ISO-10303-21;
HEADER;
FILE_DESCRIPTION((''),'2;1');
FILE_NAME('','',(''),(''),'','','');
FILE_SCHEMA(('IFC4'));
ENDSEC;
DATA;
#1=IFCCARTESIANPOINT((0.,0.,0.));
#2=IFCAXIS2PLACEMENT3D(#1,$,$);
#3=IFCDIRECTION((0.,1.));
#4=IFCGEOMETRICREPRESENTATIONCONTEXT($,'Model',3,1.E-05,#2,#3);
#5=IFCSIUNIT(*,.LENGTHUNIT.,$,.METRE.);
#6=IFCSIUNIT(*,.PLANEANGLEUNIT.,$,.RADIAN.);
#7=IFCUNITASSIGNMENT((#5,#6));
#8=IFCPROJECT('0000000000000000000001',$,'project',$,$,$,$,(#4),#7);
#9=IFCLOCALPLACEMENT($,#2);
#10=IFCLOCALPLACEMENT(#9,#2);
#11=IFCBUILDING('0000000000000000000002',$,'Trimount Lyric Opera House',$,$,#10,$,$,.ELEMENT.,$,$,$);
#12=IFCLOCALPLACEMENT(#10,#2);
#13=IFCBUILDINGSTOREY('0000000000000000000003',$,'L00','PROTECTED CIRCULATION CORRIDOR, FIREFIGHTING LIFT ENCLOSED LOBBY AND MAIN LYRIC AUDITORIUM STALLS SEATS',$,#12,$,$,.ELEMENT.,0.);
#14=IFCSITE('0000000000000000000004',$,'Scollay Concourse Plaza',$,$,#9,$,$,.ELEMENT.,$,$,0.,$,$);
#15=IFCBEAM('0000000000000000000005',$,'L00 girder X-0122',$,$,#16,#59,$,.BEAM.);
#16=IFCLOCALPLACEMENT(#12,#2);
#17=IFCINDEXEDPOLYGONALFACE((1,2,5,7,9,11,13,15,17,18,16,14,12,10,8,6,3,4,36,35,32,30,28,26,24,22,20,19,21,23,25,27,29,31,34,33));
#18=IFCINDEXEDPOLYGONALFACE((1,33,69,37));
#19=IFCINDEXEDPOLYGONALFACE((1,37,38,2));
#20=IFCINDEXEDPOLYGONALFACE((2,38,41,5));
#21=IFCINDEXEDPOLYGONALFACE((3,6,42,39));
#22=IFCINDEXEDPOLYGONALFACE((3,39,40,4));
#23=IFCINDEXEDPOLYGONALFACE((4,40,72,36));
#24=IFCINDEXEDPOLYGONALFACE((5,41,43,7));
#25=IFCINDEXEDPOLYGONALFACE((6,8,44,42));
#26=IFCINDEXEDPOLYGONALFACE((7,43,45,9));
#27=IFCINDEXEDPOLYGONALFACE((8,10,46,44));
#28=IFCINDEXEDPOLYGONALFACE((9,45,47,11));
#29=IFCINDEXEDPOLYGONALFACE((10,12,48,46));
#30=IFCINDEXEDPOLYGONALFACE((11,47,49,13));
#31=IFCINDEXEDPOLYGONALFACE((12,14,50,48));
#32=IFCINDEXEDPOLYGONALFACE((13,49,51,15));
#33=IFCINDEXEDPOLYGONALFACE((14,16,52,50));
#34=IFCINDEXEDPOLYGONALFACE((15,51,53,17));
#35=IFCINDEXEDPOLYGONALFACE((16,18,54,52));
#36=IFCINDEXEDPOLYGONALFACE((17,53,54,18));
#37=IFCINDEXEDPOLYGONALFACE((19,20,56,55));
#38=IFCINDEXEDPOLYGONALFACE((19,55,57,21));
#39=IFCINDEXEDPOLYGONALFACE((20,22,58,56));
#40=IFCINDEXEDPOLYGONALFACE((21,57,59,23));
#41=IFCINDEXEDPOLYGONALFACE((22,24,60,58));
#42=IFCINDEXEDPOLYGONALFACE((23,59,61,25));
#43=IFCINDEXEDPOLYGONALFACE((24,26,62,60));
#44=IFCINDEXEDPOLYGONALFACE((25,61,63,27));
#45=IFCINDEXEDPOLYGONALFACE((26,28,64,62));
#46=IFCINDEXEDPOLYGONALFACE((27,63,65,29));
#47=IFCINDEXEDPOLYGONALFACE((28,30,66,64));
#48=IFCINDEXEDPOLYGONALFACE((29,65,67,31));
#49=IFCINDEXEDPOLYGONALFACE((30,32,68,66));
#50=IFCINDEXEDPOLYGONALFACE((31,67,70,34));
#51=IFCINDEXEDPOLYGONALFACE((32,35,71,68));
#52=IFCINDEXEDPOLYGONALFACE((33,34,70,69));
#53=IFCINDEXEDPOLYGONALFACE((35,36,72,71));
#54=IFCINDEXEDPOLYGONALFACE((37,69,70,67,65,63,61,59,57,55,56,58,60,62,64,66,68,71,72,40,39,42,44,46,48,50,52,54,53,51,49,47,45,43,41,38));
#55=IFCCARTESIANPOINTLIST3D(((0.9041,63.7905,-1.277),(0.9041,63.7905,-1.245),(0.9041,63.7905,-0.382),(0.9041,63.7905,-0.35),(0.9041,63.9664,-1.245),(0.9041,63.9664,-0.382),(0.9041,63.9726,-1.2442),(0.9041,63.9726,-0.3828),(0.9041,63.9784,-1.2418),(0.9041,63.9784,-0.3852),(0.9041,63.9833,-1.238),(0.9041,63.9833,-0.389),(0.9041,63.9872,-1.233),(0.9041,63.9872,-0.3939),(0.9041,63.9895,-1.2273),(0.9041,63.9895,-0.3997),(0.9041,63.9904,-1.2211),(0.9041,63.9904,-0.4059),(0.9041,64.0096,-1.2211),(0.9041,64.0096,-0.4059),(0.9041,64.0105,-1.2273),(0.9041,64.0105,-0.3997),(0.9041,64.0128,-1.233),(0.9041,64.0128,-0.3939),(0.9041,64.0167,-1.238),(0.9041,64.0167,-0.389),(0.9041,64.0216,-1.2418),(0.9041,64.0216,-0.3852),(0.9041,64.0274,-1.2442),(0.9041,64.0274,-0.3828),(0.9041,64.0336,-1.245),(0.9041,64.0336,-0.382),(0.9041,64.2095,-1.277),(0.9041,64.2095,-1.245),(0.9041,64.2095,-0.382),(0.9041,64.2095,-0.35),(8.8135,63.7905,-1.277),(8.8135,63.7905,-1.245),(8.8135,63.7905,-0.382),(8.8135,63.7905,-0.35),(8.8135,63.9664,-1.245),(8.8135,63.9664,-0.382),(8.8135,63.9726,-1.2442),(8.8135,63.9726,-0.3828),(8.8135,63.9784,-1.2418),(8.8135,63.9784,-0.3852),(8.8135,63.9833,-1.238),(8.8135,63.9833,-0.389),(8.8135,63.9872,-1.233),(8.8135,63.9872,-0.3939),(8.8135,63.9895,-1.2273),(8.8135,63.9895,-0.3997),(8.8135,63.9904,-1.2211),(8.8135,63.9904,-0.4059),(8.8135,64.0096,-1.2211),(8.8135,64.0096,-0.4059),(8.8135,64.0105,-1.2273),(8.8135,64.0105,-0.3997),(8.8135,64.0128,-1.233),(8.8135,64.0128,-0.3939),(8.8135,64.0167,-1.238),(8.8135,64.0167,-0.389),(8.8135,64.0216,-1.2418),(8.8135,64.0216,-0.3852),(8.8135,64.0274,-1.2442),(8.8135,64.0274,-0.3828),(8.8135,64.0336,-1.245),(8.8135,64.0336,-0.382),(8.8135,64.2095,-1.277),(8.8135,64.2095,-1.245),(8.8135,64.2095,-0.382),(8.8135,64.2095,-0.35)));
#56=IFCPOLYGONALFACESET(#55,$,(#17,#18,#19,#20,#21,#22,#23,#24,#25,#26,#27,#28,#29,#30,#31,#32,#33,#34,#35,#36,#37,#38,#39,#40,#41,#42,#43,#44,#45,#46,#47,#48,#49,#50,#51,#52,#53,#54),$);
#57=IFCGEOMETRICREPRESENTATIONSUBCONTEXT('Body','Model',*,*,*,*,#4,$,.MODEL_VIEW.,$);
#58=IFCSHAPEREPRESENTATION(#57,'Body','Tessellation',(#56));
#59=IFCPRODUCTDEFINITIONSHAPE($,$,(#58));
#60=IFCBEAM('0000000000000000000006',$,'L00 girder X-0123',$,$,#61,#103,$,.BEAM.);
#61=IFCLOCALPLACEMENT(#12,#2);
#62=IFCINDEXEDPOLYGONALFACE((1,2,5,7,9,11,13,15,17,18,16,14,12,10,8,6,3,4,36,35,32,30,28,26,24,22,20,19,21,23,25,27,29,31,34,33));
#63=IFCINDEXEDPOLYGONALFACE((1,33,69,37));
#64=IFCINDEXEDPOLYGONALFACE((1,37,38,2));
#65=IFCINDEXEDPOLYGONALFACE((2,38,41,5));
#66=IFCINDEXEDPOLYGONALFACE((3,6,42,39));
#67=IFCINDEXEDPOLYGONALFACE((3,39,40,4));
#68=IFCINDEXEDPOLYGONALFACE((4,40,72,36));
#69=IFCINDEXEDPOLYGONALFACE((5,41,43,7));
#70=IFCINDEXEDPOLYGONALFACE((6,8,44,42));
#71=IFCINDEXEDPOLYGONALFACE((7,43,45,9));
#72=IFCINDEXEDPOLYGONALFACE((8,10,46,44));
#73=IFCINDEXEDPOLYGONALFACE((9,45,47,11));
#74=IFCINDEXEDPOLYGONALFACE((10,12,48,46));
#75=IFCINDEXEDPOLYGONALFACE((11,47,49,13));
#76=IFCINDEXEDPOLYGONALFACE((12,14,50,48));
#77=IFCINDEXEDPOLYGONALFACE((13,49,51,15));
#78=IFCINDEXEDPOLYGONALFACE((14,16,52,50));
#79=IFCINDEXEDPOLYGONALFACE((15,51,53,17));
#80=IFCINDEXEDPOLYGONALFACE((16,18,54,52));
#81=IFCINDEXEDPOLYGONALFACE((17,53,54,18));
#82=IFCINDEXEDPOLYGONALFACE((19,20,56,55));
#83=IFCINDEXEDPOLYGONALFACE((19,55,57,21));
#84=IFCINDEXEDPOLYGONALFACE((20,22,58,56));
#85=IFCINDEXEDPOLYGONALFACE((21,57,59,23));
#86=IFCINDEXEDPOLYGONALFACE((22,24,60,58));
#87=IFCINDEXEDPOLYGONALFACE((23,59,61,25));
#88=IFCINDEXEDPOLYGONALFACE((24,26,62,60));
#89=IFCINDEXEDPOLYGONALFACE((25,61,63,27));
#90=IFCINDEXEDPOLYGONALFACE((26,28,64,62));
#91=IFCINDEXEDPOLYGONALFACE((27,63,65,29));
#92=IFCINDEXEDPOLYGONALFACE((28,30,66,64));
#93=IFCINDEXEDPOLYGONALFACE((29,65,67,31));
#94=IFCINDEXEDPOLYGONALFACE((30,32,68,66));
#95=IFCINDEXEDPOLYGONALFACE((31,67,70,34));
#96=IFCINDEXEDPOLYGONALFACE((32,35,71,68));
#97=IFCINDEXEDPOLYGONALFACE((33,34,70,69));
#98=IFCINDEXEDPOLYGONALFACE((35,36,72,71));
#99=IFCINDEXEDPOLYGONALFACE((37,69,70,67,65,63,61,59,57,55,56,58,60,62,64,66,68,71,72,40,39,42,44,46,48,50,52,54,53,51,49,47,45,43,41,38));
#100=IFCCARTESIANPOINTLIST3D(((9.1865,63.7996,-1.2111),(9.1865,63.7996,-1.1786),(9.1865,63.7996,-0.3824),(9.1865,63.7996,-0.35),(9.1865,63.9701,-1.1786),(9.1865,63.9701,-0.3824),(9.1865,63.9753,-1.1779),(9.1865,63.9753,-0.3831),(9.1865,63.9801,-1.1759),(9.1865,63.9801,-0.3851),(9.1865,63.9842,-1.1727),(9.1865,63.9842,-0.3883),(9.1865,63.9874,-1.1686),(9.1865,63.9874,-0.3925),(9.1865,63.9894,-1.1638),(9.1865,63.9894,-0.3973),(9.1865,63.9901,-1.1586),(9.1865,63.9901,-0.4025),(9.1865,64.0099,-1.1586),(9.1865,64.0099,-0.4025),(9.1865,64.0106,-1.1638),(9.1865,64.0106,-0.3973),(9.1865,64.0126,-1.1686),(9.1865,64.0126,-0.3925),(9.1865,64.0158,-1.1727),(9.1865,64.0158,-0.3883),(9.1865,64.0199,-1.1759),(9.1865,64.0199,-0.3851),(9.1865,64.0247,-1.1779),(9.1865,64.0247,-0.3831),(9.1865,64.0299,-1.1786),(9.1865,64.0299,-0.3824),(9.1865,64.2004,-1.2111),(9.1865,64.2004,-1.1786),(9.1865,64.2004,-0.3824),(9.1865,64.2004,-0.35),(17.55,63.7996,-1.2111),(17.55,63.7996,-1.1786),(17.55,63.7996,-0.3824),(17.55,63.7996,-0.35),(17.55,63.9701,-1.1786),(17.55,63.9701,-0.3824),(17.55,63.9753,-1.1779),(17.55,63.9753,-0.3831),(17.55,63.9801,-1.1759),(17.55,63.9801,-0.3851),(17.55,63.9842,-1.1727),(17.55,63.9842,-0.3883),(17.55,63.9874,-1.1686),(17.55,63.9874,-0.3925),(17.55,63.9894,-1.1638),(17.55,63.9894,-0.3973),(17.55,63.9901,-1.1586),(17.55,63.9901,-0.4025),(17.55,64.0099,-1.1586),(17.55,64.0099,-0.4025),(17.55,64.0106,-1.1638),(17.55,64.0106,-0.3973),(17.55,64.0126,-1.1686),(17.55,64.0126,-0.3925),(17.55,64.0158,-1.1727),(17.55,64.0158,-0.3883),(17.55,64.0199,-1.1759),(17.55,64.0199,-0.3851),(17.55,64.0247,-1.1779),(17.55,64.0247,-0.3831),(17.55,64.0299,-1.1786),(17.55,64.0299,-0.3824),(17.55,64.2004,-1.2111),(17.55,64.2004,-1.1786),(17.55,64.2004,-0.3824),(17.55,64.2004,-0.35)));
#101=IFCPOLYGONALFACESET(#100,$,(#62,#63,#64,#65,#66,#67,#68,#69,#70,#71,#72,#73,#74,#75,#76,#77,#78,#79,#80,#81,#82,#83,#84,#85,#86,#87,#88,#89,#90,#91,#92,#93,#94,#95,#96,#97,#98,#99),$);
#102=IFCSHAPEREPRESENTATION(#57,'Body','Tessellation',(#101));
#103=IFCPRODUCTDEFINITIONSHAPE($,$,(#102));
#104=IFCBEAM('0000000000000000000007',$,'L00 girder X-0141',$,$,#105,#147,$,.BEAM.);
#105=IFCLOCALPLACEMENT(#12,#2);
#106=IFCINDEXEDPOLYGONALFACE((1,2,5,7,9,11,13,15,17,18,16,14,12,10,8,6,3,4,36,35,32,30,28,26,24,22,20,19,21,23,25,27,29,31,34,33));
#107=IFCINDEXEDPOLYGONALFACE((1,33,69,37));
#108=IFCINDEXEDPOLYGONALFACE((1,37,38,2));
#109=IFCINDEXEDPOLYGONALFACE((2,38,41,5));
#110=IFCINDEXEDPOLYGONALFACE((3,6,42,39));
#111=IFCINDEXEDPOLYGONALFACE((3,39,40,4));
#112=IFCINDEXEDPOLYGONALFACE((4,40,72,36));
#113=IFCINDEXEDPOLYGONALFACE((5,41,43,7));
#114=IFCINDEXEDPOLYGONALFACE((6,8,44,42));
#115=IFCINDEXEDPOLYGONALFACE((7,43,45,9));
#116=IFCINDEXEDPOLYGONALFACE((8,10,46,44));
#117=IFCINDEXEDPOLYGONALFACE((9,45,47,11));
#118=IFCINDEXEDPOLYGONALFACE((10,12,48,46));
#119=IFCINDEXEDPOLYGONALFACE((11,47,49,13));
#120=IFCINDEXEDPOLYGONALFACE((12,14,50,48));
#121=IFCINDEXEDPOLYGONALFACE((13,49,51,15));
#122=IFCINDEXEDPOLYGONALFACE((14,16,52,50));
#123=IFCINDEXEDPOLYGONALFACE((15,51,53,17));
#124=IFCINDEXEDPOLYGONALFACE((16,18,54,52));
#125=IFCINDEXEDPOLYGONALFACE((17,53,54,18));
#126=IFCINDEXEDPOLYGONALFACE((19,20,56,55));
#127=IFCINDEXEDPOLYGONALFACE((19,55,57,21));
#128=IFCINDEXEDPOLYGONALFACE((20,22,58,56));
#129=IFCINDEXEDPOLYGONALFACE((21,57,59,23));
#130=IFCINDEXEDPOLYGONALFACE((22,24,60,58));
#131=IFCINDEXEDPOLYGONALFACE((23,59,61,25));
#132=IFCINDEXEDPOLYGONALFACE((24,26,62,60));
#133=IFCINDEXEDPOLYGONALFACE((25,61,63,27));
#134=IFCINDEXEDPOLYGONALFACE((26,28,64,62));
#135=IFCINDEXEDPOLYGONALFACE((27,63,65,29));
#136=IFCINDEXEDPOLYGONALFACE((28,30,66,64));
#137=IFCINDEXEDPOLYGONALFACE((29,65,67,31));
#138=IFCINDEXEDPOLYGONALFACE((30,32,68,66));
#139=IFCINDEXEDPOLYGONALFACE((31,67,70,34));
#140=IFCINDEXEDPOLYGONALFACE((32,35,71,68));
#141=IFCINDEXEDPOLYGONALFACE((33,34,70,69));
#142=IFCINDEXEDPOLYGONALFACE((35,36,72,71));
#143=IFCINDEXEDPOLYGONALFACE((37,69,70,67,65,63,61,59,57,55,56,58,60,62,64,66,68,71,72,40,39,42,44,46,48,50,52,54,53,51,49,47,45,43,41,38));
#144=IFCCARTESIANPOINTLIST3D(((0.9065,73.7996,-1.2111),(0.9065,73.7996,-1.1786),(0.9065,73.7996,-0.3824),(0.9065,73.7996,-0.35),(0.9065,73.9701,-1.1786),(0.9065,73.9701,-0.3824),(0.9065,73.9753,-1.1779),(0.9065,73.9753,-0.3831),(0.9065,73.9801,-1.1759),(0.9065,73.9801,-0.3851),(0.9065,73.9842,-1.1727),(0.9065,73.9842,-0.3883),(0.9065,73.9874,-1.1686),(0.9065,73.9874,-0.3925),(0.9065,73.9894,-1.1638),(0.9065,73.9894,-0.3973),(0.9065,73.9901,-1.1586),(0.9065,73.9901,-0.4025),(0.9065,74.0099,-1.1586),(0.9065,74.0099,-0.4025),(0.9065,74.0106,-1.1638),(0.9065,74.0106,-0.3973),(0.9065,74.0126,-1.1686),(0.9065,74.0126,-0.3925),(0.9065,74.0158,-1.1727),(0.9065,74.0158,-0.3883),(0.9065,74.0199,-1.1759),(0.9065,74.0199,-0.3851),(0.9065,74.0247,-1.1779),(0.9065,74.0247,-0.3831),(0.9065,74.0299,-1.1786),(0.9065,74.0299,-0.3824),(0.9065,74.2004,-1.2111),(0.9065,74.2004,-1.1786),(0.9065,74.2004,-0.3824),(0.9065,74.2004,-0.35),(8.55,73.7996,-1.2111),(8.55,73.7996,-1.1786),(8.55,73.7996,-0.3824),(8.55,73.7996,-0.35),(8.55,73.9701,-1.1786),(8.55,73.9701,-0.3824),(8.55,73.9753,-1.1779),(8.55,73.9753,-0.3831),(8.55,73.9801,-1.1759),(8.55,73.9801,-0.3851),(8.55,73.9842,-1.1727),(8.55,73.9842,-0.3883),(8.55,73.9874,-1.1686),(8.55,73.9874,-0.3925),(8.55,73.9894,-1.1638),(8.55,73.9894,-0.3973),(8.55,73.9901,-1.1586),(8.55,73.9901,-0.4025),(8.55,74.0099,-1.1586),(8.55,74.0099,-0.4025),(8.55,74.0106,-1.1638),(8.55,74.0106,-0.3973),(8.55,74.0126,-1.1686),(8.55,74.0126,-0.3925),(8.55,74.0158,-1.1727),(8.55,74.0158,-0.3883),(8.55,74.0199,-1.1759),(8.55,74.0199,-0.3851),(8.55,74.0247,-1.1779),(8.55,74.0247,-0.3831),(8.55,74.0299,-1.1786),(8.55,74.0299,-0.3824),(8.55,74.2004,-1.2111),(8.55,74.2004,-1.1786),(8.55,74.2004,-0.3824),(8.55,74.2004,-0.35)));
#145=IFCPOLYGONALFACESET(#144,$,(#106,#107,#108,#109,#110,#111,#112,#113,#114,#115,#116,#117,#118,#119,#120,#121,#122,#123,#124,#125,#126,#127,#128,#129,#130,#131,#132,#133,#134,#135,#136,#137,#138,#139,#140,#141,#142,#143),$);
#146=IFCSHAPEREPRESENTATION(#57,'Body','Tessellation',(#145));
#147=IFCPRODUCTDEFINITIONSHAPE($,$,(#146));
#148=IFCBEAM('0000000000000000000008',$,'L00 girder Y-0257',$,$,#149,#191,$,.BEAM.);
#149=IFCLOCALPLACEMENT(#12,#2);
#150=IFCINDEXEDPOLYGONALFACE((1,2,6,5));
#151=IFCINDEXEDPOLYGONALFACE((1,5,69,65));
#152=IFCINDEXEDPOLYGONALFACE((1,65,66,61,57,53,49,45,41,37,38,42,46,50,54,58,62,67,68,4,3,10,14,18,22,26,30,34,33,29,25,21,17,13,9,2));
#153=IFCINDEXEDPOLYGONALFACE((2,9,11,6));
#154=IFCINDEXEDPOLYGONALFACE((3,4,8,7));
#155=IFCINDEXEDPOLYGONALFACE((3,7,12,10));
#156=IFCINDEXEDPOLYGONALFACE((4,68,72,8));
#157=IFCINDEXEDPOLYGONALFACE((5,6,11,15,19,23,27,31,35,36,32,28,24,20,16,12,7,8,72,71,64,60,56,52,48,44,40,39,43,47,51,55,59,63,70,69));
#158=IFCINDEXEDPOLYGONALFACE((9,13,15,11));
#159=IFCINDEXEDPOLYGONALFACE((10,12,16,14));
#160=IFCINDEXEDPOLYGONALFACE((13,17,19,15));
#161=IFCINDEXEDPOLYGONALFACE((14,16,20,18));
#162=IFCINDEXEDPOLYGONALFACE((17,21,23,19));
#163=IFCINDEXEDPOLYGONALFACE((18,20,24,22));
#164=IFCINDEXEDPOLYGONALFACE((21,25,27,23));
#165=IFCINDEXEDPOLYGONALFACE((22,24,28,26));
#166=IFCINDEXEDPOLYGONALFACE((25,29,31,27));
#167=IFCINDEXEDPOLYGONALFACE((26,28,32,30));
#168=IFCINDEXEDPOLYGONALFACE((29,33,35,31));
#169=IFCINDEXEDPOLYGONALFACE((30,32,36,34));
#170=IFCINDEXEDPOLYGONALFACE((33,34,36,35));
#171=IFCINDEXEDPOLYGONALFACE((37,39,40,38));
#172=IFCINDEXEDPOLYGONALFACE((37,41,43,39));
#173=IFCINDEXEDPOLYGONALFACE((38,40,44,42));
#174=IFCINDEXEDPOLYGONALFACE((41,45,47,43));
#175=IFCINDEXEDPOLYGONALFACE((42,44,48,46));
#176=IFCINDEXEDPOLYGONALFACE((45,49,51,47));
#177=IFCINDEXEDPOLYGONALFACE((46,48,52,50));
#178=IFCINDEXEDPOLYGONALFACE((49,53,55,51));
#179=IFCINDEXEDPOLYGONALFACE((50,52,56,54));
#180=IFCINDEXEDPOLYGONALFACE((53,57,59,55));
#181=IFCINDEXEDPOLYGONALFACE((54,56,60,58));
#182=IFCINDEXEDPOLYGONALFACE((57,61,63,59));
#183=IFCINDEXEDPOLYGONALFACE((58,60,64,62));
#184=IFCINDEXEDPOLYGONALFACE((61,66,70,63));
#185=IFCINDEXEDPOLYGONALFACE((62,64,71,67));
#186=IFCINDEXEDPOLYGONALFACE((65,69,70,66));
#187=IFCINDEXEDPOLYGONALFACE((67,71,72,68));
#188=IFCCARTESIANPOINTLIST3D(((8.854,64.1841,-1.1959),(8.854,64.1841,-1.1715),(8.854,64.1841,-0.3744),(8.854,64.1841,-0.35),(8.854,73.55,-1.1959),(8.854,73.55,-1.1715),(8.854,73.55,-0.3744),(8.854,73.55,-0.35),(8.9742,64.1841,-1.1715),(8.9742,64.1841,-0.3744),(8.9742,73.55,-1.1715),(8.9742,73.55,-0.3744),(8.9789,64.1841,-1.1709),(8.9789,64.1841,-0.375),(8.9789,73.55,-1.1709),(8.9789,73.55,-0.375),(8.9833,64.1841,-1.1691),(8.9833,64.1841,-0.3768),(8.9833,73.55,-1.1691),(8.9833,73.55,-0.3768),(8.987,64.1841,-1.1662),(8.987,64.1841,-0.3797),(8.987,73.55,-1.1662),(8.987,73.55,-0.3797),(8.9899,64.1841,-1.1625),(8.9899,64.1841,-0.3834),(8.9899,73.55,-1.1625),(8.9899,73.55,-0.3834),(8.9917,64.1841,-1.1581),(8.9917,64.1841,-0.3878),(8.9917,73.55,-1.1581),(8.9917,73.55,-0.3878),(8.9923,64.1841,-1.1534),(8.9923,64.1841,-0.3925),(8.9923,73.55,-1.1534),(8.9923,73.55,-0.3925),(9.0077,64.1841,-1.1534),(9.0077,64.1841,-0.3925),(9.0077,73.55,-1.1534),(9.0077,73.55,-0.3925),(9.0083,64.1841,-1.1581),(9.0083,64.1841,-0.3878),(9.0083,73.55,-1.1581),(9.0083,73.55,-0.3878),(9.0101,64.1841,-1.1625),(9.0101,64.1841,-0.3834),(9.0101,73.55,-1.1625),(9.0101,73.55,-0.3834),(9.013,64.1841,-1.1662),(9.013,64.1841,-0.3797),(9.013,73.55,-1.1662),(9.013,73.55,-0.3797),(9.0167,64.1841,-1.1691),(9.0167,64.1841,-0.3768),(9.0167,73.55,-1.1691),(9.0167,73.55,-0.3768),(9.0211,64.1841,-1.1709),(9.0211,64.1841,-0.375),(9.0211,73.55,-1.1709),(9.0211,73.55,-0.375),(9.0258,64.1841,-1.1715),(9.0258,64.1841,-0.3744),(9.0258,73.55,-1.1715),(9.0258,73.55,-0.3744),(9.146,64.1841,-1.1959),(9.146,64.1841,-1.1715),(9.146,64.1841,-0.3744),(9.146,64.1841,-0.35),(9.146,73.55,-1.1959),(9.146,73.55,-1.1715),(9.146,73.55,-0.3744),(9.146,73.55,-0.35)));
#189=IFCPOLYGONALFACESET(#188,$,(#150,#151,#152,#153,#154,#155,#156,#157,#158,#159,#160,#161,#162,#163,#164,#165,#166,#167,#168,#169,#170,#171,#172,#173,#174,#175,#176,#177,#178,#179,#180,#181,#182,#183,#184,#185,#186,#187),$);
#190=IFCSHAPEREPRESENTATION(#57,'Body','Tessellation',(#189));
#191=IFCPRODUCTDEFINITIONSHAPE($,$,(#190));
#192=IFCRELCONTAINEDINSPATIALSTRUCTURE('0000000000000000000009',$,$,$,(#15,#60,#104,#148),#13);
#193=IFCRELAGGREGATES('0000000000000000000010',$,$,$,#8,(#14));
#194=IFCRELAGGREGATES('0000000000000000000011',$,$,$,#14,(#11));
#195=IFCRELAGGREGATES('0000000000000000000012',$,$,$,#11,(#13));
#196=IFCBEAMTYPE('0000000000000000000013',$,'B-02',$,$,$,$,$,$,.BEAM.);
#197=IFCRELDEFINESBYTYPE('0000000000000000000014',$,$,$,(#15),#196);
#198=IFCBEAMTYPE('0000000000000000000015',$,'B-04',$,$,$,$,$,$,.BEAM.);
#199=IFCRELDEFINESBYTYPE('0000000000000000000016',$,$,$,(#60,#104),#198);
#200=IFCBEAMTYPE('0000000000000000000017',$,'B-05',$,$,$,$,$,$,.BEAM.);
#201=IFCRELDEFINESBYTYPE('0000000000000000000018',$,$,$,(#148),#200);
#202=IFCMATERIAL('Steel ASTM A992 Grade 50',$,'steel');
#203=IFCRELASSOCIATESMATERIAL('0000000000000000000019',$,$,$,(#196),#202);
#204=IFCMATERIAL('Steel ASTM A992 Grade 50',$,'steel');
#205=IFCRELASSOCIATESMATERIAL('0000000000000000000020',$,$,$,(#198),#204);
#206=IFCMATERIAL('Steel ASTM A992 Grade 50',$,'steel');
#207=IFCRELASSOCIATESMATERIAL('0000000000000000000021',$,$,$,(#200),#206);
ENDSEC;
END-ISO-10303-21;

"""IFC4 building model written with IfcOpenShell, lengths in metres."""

from ifc_helpers import new_model, si_unit, direction, frame, origin, origin_2d, place, context, subcontext, project, spatial, i_section, extrude, material, material_profile, profile_set, type_object, element, save


model = new_model("IFC4")

# Units and contexts
model_context = context("Model", 3, precision=1e-05, world=origin(), true_north=direction((0.0, 1.0)))
body_context = subcontext(model_context, "Body", "Model", "MODEL_VIEW")
ifc_project = project(units=[si_unit("LENGTHUNIT", "METRE"), si_unit("PLANEANGLEUNIT", "RADIAN")], contexts=[model_context])

# Site, building, storey
site_placement = place(None, origin())
site = spatial("IfcSite", under=ifc_project, at=site_placement, Name="Scollay Concourse Plaza", CompositionType="ELEMENT", RefElevation=0.0)
building_placement = place(site_placement, origin())
building = spatial("IfcBuilding", under=site, at=building_placement, Name="Trimount Lyric Opera House", CompositionType="ELEMENT")
storey_placement = place(building_placement, origin())
storey = spatial("IfcBuildingStorey", under=building, at=storey_placement, Name="L00", Description="PROTECTED CIRCULATION CORRIDOR, FIREFIGHTING LIFT ENCLOSED LOBBY AND MAIN LYRIC AUDITORIUM STALLS SEATS", CompositionType="ELEMENT", Elevation=0.0)

# Beams
ifc_material_1 = material(Name="Steel ASTM A992 Grade 50", Category="steel")
ifc_material_profile_1 = material_profile(ifc_material_1, i_section(OverallWidth=0.4189, OverallDepth=0.927, WebThickness=0.0193, FlangeThickness=0.032, FilletRadius=0.0239, at=origin_2d()), Name="W36X231")
ifc_profile_set_1 = profile_set([ifc_material_profile_1], Name="Steel ASTM A992 Grade 50")
beam_type_1 = type_object("IfcBeamType", Name="B-02", PredefinedType="BEAM", material=ifc_profile_set_1)
beam_1_placement = place(storey_placement, frame((0.9041, 64.0, -0.8135), z_axis=(1.0, 0.0, 0.0), x_axis=(0.0, 1.0, 0.0)))
element("IfcBeam", 1, at=beam_1_placement, inside=storey, type_object=beam_type_1, Name="L00 girder X-0122", PredefinedType="BEAM", context=body_context, shape_type="SweptSolid", body=[
    extrude(i_section(OverallWidth=0.4189, OverallDepth=0.927, WebThickness=0.0193, FlangeThickness=0.032, FilletRadius=0.0239, at=origin_2d()), origin(), (0.0, 0.0, 1.0), 7.9094),
])
ifc_material_2 = material(Name="Steel ASTM A992 Grade 50", Category="steel")
ifc_material_profile_2 = material_profile(ifc_material_2, i_section(OverallWidth=0.4009, OverallDepth=0.8611, WebThickness=0.0198, FlangeThickness=0.0325, FilletRadius=0.02, at=origin_2d()), Name="W33X221")
ifc_profile_set_2 = profile_set([ifc_material_profile_2], Name="Steel ASTM A992 Grade 50")
beam_type_2 = type_object("IfcBeamType", Name="B-04", PredefinedType="BEAM", material=ifc_profile_set_2)
beam_2_placement = place(storey_placement, frame((9.1865, 64.0, -0.7805), z_axis=(1.0, 0.0, 0.0), x_axis=(0.0, 1.0, 0.0)))
element("IfcBeam", 2, at=beam_2_placement, inside=storey, type_object=beam_type_2, Name="L00 girder X-0123", PredefinedType="BEAM", context=body_context, shape_type="SweptSolid", body=[
    extrude(i_section(OverallWidth=0.4009, OverallDepth=0.8611, WebThickness=0.0198, FlangeThickness=0.0325, FilletRadius=0.02, at=origin_2d()), origin(), (0.0, 0.0, 1.0), 8.3635),
])
beam_3_placement = place(storey_placement, frame((0.9065, 74.0, -0.7805), z_axis=(1.0, 0.0, 0.0), x_axis=(0.0, 1.0, 0.0)))
element("IfcBeam", 3, at=beam_3_placement, inside=storey, type_object=beam_type_2, Name="L00 girder X-0141", PredefinedType="BEAM", context=body_context, shape_type="SweptSolid", body=[
    extrude(i_section(OverallWidth=0.4009, OverallDepth=0.8611, WebThickness=0.0198, FlangeThickness=0.0325, FilletRadius=0.02, at=origin_2d()), origin(), (0.0, 0.0, 1.0), 7.6436),
])
ifc_material_3 = material(Name="Steel ASTM A992 Grade 50", Category="steel")
ifc_material_profile_3 = material_profile(ifc_material_3, i_section(OverallWidth=0.292, OverallDepth=0.8459, WebThickness=0.0154, FlangeThickness=0.0244, FilletRadius=0.0181, at=origin_2d()), Name="W33X141")
ifc_profile_set_3 = profile_set([ifc_material_profile_3], Name="Steel ASTM A992 Grade 50")
beam_type_3 = type_object("IfcBeamType", Name="B-05", PredefinedType="BEAM", material=ifc_profile_set_3)
beam_4_placement = place(storey_placement, frame((9.0, 64.1841, -0.7729), z_axis=(0.0, 1.0, 0.0), x_axis=(-1.0, 0.0, 0.0)))
element("IfcBeam", 4, at=beam_4_placement, inside=storey, type_object=beam_type_3, Name="L00 girder Y-0257", PredefinedType="BEAM", context=body_context, shape_type="SweptSolid", body=[
    extrude(i_section(OverallWidth=0.292, OverallDepth=0.8459, WebThickness=0.0154, FlangeThickness=0.0244, FilletRadius=0.0181, at=origin_2d()), origin(), (0.0, 0.0, 1.0), 9.366),
])

save(model, "model.ifc")
